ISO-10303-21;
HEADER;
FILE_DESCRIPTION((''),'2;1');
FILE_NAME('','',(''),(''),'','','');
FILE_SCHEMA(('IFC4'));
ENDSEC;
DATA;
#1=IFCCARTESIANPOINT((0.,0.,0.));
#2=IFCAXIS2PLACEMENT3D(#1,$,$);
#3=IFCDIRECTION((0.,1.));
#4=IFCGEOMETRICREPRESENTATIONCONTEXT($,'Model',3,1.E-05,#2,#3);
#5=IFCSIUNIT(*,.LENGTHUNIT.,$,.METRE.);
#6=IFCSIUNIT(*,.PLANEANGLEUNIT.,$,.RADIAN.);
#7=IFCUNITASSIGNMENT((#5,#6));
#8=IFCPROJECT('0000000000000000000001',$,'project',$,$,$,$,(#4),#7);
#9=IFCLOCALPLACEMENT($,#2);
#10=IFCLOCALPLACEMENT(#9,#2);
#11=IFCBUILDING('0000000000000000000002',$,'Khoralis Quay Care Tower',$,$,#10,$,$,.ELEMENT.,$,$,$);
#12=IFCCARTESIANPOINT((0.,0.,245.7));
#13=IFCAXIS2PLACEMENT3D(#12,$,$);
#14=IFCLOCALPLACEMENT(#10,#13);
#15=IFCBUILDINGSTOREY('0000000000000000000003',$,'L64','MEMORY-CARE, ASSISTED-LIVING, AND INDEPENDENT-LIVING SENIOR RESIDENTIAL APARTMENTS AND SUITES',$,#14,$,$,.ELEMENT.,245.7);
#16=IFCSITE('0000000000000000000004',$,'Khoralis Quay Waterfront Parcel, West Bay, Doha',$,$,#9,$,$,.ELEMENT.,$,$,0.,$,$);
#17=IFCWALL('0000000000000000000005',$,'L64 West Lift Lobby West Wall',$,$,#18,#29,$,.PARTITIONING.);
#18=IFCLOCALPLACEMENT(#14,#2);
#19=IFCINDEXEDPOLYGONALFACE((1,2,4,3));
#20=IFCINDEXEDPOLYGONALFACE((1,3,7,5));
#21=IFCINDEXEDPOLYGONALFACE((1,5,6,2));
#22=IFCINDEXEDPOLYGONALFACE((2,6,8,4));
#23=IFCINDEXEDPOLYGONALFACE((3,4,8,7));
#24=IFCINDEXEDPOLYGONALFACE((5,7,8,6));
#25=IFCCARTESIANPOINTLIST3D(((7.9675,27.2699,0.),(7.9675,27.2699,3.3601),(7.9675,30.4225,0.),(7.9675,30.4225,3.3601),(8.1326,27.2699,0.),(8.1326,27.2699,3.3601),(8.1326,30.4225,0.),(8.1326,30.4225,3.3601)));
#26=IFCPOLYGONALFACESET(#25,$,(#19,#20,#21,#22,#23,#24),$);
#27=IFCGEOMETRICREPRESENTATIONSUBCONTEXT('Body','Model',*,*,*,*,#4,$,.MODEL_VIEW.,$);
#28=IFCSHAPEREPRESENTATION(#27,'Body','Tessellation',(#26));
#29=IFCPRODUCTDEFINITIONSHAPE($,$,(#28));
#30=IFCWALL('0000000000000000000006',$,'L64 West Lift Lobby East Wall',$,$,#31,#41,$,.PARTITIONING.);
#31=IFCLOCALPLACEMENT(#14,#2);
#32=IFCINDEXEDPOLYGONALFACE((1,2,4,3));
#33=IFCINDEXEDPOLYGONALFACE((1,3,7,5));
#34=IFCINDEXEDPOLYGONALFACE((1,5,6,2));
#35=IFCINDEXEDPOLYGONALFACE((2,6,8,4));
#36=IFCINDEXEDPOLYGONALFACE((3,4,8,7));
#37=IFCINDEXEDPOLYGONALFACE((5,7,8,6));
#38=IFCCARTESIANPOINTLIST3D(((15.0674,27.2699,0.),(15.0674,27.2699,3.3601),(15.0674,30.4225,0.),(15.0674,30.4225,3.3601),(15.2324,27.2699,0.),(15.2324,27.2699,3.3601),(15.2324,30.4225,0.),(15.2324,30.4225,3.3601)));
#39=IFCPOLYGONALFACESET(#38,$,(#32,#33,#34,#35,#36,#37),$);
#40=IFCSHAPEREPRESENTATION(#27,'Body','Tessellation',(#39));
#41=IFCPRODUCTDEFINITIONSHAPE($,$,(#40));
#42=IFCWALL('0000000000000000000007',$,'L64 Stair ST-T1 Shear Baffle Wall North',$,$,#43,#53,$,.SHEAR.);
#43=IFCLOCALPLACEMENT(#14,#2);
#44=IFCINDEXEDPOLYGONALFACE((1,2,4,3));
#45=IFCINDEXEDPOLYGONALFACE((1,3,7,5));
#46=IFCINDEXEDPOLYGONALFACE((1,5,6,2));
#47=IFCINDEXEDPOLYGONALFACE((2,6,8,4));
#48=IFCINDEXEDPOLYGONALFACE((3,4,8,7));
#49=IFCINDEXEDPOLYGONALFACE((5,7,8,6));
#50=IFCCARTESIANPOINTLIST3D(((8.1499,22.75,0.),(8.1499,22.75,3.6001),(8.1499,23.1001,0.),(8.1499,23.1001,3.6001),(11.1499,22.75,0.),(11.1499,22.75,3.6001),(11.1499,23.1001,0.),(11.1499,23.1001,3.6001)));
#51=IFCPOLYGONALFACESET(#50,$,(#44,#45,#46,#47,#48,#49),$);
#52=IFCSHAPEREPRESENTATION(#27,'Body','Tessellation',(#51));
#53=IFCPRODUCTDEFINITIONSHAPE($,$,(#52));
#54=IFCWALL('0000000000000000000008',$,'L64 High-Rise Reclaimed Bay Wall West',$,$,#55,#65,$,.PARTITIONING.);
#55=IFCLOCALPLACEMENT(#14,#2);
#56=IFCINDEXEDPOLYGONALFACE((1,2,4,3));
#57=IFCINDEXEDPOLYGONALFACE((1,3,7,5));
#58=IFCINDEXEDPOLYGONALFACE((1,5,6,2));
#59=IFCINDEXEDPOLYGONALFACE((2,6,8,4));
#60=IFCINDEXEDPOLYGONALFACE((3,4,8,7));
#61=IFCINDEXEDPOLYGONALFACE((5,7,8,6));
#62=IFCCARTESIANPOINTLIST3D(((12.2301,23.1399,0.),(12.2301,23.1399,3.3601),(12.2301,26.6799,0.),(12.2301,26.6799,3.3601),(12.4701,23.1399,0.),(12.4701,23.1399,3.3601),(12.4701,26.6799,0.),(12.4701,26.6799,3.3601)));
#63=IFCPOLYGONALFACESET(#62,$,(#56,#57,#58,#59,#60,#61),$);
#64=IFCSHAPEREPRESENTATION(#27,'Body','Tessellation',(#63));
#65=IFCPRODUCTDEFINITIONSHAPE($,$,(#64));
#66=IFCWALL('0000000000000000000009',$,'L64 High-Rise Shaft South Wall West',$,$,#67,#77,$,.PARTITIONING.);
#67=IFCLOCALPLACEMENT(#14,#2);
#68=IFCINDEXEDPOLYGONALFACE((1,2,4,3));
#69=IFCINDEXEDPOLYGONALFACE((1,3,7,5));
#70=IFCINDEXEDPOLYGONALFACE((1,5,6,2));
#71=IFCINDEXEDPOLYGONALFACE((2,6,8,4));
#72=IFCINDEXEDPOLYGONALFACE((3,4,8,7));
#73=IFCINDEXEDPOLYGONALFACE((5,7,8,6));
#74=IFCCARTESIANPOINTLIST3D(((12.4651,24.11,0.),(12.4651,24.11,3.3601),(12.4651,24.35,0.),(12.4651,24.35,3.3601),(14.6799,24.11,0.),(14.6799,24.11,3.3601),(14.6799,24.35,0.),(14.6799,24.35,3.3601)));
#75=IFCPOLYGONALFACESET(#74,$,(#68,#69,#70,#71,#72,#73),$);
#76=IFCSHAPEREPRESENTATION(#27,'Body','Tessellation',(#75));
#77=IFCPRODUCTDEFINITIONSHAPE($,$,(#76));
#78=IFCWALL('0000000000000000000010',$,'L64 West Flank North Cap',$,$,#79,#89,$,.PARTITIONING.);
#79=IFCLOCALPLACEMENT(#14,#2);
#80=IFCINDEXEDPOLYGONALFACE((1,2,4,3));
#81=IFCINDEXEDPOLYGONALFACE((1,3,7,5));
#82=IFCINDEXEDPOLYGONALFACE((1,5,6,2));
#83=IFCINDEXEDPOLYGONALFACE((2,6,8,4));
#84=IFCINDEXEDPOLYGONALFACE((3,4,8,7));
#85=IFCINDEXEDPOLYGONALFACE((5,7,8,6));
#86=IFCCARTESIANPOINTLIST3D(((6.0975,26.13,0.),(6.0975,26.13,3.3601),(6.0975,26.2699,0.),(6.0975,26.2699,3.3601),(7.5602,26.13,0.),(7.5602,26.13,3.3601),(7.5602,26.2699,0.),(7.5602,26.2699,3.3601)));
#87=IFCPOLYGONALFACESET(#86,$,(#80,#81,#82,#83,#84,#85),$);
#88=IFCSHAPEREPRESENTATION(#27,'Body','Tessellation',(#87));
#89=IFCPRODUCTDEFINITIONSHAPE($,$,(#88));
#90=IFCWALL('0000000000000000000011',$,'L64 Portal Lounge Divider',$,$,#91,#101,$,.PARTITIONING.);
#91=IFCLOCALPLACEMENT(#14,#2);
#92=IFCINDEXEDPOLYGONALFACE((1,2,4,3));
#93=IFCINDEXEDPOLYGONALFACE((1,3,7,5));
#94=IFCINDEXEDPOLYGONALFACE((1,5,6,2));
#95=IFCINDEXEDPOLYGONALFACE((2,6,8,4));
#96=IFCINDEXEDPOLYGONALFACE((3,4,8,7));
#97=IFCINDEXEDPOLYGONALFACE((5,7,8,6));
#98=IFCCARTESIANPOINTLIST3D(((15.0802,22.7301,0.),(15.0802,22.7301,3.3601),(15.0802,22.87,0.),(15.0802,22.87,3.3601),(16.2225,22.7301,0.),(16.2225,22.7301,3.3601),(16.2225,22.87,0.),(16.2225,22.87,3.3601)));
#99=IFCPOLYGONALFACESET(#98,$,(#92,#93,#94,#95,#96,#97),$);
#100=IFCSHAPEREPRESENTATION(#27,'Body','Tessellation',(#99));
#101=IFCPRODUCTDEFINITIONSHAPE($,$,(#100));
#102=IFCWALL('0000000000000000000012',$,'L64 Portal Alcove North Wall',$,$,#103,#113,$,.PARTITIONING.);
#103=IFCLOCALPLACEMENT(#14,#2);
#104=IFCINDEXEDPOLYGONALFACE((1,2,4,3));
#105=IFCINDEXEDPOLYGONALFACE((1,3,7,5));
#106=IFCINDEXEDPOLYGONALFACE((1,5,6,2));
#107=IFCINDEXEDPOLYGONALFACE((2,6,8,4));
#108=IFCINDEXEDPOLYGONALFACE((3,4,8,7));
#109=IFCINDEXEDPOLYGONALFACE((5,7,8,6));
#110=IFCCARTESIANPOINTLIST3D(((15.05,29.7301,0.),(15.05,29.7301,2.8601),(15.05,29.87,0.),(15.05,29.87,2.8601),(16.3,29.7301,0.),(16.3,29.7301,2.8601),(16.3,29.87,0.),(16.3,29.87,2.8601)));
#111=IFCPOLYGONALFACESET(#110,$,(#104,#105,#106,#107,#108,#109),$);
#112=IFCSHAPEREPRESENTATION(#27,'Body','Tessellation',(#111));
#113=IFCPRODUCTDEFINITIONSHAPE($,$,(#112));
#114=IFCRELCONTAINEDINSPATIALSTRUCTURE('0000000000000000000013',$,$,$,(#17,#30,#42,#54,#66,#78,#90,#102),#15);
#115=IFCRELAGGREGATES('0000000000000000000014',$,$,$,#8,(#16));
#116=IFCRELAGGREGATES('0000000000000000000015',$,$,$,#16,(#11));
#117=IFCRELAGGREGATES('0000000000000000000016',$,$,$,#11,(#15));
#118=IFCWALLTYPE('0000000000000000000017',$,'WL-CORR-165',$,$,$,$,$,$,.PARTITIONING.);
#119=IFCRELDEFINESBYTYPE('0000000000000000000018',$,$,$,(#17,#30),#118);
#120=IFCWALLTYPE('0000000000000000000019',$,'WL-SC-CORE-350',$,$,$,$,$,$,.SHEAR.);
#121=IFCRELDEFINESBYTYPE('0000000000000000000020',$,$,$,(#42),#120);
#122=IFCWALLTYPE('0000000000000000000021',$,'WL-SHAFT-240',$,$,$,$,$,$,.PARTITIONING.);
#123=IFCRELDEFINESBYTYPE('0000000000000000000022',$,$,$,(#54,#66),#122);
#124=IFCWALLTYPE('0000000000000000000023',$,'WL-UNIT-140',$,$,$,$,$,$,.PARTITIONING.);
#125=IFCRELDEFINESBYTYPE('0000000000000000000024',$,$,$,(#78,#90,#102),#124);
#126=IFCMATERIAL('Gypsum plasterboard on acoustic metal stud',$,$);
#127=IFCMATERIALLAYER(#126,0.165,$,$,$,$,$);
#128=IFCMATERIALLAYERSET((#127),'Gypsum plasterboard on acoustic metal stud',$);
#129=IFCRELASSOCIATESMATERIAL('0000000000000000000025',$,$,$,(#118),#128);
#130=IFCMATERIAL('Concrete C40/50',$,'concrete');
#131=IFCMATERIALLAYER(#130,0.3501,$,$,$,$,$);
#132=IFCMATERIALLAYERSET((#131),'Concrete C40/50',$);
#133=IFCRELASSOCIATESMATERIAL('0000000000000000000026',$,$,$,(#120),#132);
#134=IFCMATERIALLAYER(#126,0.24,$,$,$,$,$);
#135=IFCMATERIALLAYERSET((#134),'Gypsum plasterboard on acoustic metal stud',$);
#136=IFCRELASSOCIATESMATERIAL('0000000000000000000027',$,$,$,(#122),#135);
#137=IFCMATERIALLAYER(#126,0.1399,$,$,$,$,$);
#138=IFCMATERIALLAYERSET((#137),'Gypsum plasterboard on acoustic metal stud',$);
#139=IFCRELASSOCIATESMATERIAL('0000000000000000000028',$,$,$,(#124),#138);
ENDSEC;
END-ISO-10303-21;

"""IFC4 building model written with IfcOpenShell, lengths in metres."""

from ifc_helpers import new_model, si_unit, direction, frame, frame_2d, origin, place, context, subcontext, project, spatial, rectangle, extrude, material, layer, layer_set, type_object, element, save


model = new_model("IFC4")

# Units and contexts
model_context = context("Model", 3, precision=1e-05, world=origin(), true_north=direction((0.0, 1.0)))
body_context = subcontext(model_context, "Body", "Model", "MODEL_VIEW")
ifc_project = project(units=[si_unit("LENGTHUNIT", "METRE"), si_unit("PLANEANGLEUNIT", "RADIAN")], contexts=[model_context])

# Site, building, storey
site_placement = place(None, origin())
site = spatial("IfcSite", under=ifc_project, at=site_placement, Name="Khoralis Quay Waterfront Parcel, West Bay, Doha", CompositionType="ELEMENT", RefElevation=0.0)
building_placement = place(site_placement, origin())
building = spatial("IfcBuilding", under=site, at=building_placement, Name="Khoralis Quay Care Tower", CompositionType="ELEMENT")
storey_placement = place(building_placement, frame((0.0, 0.0, 245.7)))
storey = spatial("IfcBuildingStorey", under=building, at=storey_placement, Name="L64", Description="MEMORY-CARE, ASSISTED-LIVING, AND INDEPENDENT-LIVING SENIOR RESIDENTIAL APARTMENTS AND SUITES", CompositionType="ELEMENT", Elevation=245.7)

# Walls
ifc_material_1 = material(Name="Gypsum plasterboard on acoustic metal stud")
ifc_layer_1 = layer(ifc_material_1, 0.165)
ifc_layer_set_1 = layer_set([ifc_layer_1], Name="Gypsum plasterboard on acoustic metal stud")
wall_type_1 = type_object("IfcWallType", Name="WL-CORR-165", PredefinedType="PARTITIONING", material=ifc_layer_set_1)
for number, where, z_axis, x_axis, name in (
    (1, (8.05, 27.27, 0.0), (0.0, 0.0, 1.0), (0.0, 1.0, 0.0), "L64 West Lift Lobby West Wall"),
    (2, (15.1499, 27.27, 0.0), (0.0, 0.0, 1.0), (0.0, 1.0, 0.0), "L64 West Lift Lobby East Wall"),
):
    element("IfcWall", number, at=place(storey_placement, frame(where, z_axis=z_axis, x_axis=x_axis)), inside=storey, type_object=wall_type_1, Name=name, PredefinedType="PARTITIONING", context=body_context, shape_type="SweptSolid", body=[
        extrude(rectangle(XDim=3.1526, YDim=0.165, at=frame_2d((1.5762, 0.0))), origin(), (0.0, 0.0, 1.0), 3.3601),
    ])
ifc_material_2 = material(Name="Concrete C40/50", Category="concrete")
ifc_layer_2 = layer(ifc_material_2, 0.3501)
ifc_layer_set_2 = layer_set([ifc_layer_2], Name="Concrete C40/50")
wall_type_2 = type_object("IfcWallType", Name="WL-SC-CORE-350", PredefinedType="SHEAR", material=ifc_layer_set_2)
wall_1_placement = place(storey_placement, frame((8.1499, 22.925, 0.0), z_axis=(0.0, 0.0, 1.0), x_axis=(1.0, 0.0, 0.0)))
element("IfcWall", 3, at=wall_1_placement, inside=storey, type_object=wall_type_2, Name="L64 Stair ST-T1 Shear Baffle Wall North", PredefinedType="SHEAR", context=body_context, shape_type="SweptSolid", body=[
    extrude(rectangle(XDim=3.0, YDim=0.3501, at=frame_2d((1.5, 0.0))), origin(), (0.0, 0.0, 1.0), 3.6001),
])
ifc_layer_3 = layer(ifc_material_1, 0.24)
ifc_layer_set_3 = layer_set([ifc_layer_3], Name="Gypsum plasterboard on acoustic metal stud")
wall_type_3 = type_object("IfcWallType", Name="WL-SHAFT-240", PredefinedType="PARTITIONING", material=ifc_layer_set_3)
wall_2_placement = place(storey_placement, frame((12.3501, 23.1399, 0.0), z_axis=(0.0, 0.0, 1.0), x_axis=(0.0, 1.0, 0.0)))
element("IfcWall", 4, at=wall_2_placement, inside=storey, type_object=wall_type_3, Name="L64 High-Rise Reclaimed Bay Wall West", PredefinedType="PARTITIONING", context=body_context, shape_type="SweptSolid", body=[
    extrude(rectangle(XDim=3.54, YDim=0.24, at=frame_2d((1.77, 0.0))), origin(), (0.0, 0.0, 1.0), 3.3601),
])
wall_3_placement = place(storey_placement, frame((12.4651, 24.23, 0.0), z_axis=(0.0, 0.0, 1.0), x_axis=(1.0, 0.0, 0.0)))
element("IfcWall", 5, at=wall_3_placement, inside=storey, type_object=wall_type_3, Name="L64 High-Rise Shaft South Wall West", PredefinedType="PARTITIONING", context=body_context, shape_type="SweptSolid", body=[
    extrude(rectangle(XDim=2.2148, YDim=0.24, at=frame_2d((1.1074, 0.0))), origin(), (0.0, 0.0, 1.0), 3.3601),
])
ifc_layer_4 = layer(ifc_material_1, 0.1399)
ifc_layer_set_4 = layer_set([ifc_layer_4], Name="Gypsum plasterboard on acoustic metal stud")
wall_type_4 = type_object("IfcWallType", Name="WL-UNIT-140", PredefinedType="PARTITIONING", material=ifc_layer_set_4)
wall_4_placement = place(storey_placement, frame((6.0974, 26.2, 0.0), z_axis=(0.0, 0.0, 1.0), x_axis=(1.0, 0.0, 0.0)))
element("IfcWall", 6, at=wall_4_placement, inside=storey, type_object=wall_type_4, Name="L64 West Flank North Cap", PredefinedType="PARTITIONING", context=body_context, shape_type="SweptSolid", body=[
    extrude(rectangle(XDim=1.4626, YDim=0.1399, at=frame_2d((0.7314, 0.0))), origin(), (0.0, 0.0, 1.0), 3.3601),
])
wall_5_placement = place(storey_placement, frame((15.0801, 22.8, 0.0), z_axis=(0.0, 0.0, 1.0), x_axis=(1.0, 0.0, 0.0)))
element("IfcWall", 7, at=wall_5_placement, inside=storey, type_object=wall_type_4, Name="L64 Portal Lounge Divider", PredefinedType="PARTITIONING", context=body_context, shape_type="SweptSolid", body=[
    extrude(rectangle(XDim=1.1423, YDim=0.1399, at=frame_2d((0.5713, 0.0))), origin(), (0.0, 0.0, 1.0), 3.3601),
])
wall_6_placement = place(storey_placement, frame((15.05, 29.8, 0.0), z_axis=(0.0, 0.0, 1.0), x_axis=(1.0, 0.0, 0.0)))
element("IfcWall", 8, at=wall_6_placement, inside=storey, type_object=wall_type_4, Name="L64 Portal Alcove North Wall", PredefinedType="PARTITIONING", context=body_context, shape_type="SweptSolid", body=[
    extrude(rectangle(XDim=1.25, YDim=0.1399, at=frame_2d((0.625, 0.0))), origin(), (0.0, 0.0, 1.0), 2.8601),
])

save(model, "model.ifc")
